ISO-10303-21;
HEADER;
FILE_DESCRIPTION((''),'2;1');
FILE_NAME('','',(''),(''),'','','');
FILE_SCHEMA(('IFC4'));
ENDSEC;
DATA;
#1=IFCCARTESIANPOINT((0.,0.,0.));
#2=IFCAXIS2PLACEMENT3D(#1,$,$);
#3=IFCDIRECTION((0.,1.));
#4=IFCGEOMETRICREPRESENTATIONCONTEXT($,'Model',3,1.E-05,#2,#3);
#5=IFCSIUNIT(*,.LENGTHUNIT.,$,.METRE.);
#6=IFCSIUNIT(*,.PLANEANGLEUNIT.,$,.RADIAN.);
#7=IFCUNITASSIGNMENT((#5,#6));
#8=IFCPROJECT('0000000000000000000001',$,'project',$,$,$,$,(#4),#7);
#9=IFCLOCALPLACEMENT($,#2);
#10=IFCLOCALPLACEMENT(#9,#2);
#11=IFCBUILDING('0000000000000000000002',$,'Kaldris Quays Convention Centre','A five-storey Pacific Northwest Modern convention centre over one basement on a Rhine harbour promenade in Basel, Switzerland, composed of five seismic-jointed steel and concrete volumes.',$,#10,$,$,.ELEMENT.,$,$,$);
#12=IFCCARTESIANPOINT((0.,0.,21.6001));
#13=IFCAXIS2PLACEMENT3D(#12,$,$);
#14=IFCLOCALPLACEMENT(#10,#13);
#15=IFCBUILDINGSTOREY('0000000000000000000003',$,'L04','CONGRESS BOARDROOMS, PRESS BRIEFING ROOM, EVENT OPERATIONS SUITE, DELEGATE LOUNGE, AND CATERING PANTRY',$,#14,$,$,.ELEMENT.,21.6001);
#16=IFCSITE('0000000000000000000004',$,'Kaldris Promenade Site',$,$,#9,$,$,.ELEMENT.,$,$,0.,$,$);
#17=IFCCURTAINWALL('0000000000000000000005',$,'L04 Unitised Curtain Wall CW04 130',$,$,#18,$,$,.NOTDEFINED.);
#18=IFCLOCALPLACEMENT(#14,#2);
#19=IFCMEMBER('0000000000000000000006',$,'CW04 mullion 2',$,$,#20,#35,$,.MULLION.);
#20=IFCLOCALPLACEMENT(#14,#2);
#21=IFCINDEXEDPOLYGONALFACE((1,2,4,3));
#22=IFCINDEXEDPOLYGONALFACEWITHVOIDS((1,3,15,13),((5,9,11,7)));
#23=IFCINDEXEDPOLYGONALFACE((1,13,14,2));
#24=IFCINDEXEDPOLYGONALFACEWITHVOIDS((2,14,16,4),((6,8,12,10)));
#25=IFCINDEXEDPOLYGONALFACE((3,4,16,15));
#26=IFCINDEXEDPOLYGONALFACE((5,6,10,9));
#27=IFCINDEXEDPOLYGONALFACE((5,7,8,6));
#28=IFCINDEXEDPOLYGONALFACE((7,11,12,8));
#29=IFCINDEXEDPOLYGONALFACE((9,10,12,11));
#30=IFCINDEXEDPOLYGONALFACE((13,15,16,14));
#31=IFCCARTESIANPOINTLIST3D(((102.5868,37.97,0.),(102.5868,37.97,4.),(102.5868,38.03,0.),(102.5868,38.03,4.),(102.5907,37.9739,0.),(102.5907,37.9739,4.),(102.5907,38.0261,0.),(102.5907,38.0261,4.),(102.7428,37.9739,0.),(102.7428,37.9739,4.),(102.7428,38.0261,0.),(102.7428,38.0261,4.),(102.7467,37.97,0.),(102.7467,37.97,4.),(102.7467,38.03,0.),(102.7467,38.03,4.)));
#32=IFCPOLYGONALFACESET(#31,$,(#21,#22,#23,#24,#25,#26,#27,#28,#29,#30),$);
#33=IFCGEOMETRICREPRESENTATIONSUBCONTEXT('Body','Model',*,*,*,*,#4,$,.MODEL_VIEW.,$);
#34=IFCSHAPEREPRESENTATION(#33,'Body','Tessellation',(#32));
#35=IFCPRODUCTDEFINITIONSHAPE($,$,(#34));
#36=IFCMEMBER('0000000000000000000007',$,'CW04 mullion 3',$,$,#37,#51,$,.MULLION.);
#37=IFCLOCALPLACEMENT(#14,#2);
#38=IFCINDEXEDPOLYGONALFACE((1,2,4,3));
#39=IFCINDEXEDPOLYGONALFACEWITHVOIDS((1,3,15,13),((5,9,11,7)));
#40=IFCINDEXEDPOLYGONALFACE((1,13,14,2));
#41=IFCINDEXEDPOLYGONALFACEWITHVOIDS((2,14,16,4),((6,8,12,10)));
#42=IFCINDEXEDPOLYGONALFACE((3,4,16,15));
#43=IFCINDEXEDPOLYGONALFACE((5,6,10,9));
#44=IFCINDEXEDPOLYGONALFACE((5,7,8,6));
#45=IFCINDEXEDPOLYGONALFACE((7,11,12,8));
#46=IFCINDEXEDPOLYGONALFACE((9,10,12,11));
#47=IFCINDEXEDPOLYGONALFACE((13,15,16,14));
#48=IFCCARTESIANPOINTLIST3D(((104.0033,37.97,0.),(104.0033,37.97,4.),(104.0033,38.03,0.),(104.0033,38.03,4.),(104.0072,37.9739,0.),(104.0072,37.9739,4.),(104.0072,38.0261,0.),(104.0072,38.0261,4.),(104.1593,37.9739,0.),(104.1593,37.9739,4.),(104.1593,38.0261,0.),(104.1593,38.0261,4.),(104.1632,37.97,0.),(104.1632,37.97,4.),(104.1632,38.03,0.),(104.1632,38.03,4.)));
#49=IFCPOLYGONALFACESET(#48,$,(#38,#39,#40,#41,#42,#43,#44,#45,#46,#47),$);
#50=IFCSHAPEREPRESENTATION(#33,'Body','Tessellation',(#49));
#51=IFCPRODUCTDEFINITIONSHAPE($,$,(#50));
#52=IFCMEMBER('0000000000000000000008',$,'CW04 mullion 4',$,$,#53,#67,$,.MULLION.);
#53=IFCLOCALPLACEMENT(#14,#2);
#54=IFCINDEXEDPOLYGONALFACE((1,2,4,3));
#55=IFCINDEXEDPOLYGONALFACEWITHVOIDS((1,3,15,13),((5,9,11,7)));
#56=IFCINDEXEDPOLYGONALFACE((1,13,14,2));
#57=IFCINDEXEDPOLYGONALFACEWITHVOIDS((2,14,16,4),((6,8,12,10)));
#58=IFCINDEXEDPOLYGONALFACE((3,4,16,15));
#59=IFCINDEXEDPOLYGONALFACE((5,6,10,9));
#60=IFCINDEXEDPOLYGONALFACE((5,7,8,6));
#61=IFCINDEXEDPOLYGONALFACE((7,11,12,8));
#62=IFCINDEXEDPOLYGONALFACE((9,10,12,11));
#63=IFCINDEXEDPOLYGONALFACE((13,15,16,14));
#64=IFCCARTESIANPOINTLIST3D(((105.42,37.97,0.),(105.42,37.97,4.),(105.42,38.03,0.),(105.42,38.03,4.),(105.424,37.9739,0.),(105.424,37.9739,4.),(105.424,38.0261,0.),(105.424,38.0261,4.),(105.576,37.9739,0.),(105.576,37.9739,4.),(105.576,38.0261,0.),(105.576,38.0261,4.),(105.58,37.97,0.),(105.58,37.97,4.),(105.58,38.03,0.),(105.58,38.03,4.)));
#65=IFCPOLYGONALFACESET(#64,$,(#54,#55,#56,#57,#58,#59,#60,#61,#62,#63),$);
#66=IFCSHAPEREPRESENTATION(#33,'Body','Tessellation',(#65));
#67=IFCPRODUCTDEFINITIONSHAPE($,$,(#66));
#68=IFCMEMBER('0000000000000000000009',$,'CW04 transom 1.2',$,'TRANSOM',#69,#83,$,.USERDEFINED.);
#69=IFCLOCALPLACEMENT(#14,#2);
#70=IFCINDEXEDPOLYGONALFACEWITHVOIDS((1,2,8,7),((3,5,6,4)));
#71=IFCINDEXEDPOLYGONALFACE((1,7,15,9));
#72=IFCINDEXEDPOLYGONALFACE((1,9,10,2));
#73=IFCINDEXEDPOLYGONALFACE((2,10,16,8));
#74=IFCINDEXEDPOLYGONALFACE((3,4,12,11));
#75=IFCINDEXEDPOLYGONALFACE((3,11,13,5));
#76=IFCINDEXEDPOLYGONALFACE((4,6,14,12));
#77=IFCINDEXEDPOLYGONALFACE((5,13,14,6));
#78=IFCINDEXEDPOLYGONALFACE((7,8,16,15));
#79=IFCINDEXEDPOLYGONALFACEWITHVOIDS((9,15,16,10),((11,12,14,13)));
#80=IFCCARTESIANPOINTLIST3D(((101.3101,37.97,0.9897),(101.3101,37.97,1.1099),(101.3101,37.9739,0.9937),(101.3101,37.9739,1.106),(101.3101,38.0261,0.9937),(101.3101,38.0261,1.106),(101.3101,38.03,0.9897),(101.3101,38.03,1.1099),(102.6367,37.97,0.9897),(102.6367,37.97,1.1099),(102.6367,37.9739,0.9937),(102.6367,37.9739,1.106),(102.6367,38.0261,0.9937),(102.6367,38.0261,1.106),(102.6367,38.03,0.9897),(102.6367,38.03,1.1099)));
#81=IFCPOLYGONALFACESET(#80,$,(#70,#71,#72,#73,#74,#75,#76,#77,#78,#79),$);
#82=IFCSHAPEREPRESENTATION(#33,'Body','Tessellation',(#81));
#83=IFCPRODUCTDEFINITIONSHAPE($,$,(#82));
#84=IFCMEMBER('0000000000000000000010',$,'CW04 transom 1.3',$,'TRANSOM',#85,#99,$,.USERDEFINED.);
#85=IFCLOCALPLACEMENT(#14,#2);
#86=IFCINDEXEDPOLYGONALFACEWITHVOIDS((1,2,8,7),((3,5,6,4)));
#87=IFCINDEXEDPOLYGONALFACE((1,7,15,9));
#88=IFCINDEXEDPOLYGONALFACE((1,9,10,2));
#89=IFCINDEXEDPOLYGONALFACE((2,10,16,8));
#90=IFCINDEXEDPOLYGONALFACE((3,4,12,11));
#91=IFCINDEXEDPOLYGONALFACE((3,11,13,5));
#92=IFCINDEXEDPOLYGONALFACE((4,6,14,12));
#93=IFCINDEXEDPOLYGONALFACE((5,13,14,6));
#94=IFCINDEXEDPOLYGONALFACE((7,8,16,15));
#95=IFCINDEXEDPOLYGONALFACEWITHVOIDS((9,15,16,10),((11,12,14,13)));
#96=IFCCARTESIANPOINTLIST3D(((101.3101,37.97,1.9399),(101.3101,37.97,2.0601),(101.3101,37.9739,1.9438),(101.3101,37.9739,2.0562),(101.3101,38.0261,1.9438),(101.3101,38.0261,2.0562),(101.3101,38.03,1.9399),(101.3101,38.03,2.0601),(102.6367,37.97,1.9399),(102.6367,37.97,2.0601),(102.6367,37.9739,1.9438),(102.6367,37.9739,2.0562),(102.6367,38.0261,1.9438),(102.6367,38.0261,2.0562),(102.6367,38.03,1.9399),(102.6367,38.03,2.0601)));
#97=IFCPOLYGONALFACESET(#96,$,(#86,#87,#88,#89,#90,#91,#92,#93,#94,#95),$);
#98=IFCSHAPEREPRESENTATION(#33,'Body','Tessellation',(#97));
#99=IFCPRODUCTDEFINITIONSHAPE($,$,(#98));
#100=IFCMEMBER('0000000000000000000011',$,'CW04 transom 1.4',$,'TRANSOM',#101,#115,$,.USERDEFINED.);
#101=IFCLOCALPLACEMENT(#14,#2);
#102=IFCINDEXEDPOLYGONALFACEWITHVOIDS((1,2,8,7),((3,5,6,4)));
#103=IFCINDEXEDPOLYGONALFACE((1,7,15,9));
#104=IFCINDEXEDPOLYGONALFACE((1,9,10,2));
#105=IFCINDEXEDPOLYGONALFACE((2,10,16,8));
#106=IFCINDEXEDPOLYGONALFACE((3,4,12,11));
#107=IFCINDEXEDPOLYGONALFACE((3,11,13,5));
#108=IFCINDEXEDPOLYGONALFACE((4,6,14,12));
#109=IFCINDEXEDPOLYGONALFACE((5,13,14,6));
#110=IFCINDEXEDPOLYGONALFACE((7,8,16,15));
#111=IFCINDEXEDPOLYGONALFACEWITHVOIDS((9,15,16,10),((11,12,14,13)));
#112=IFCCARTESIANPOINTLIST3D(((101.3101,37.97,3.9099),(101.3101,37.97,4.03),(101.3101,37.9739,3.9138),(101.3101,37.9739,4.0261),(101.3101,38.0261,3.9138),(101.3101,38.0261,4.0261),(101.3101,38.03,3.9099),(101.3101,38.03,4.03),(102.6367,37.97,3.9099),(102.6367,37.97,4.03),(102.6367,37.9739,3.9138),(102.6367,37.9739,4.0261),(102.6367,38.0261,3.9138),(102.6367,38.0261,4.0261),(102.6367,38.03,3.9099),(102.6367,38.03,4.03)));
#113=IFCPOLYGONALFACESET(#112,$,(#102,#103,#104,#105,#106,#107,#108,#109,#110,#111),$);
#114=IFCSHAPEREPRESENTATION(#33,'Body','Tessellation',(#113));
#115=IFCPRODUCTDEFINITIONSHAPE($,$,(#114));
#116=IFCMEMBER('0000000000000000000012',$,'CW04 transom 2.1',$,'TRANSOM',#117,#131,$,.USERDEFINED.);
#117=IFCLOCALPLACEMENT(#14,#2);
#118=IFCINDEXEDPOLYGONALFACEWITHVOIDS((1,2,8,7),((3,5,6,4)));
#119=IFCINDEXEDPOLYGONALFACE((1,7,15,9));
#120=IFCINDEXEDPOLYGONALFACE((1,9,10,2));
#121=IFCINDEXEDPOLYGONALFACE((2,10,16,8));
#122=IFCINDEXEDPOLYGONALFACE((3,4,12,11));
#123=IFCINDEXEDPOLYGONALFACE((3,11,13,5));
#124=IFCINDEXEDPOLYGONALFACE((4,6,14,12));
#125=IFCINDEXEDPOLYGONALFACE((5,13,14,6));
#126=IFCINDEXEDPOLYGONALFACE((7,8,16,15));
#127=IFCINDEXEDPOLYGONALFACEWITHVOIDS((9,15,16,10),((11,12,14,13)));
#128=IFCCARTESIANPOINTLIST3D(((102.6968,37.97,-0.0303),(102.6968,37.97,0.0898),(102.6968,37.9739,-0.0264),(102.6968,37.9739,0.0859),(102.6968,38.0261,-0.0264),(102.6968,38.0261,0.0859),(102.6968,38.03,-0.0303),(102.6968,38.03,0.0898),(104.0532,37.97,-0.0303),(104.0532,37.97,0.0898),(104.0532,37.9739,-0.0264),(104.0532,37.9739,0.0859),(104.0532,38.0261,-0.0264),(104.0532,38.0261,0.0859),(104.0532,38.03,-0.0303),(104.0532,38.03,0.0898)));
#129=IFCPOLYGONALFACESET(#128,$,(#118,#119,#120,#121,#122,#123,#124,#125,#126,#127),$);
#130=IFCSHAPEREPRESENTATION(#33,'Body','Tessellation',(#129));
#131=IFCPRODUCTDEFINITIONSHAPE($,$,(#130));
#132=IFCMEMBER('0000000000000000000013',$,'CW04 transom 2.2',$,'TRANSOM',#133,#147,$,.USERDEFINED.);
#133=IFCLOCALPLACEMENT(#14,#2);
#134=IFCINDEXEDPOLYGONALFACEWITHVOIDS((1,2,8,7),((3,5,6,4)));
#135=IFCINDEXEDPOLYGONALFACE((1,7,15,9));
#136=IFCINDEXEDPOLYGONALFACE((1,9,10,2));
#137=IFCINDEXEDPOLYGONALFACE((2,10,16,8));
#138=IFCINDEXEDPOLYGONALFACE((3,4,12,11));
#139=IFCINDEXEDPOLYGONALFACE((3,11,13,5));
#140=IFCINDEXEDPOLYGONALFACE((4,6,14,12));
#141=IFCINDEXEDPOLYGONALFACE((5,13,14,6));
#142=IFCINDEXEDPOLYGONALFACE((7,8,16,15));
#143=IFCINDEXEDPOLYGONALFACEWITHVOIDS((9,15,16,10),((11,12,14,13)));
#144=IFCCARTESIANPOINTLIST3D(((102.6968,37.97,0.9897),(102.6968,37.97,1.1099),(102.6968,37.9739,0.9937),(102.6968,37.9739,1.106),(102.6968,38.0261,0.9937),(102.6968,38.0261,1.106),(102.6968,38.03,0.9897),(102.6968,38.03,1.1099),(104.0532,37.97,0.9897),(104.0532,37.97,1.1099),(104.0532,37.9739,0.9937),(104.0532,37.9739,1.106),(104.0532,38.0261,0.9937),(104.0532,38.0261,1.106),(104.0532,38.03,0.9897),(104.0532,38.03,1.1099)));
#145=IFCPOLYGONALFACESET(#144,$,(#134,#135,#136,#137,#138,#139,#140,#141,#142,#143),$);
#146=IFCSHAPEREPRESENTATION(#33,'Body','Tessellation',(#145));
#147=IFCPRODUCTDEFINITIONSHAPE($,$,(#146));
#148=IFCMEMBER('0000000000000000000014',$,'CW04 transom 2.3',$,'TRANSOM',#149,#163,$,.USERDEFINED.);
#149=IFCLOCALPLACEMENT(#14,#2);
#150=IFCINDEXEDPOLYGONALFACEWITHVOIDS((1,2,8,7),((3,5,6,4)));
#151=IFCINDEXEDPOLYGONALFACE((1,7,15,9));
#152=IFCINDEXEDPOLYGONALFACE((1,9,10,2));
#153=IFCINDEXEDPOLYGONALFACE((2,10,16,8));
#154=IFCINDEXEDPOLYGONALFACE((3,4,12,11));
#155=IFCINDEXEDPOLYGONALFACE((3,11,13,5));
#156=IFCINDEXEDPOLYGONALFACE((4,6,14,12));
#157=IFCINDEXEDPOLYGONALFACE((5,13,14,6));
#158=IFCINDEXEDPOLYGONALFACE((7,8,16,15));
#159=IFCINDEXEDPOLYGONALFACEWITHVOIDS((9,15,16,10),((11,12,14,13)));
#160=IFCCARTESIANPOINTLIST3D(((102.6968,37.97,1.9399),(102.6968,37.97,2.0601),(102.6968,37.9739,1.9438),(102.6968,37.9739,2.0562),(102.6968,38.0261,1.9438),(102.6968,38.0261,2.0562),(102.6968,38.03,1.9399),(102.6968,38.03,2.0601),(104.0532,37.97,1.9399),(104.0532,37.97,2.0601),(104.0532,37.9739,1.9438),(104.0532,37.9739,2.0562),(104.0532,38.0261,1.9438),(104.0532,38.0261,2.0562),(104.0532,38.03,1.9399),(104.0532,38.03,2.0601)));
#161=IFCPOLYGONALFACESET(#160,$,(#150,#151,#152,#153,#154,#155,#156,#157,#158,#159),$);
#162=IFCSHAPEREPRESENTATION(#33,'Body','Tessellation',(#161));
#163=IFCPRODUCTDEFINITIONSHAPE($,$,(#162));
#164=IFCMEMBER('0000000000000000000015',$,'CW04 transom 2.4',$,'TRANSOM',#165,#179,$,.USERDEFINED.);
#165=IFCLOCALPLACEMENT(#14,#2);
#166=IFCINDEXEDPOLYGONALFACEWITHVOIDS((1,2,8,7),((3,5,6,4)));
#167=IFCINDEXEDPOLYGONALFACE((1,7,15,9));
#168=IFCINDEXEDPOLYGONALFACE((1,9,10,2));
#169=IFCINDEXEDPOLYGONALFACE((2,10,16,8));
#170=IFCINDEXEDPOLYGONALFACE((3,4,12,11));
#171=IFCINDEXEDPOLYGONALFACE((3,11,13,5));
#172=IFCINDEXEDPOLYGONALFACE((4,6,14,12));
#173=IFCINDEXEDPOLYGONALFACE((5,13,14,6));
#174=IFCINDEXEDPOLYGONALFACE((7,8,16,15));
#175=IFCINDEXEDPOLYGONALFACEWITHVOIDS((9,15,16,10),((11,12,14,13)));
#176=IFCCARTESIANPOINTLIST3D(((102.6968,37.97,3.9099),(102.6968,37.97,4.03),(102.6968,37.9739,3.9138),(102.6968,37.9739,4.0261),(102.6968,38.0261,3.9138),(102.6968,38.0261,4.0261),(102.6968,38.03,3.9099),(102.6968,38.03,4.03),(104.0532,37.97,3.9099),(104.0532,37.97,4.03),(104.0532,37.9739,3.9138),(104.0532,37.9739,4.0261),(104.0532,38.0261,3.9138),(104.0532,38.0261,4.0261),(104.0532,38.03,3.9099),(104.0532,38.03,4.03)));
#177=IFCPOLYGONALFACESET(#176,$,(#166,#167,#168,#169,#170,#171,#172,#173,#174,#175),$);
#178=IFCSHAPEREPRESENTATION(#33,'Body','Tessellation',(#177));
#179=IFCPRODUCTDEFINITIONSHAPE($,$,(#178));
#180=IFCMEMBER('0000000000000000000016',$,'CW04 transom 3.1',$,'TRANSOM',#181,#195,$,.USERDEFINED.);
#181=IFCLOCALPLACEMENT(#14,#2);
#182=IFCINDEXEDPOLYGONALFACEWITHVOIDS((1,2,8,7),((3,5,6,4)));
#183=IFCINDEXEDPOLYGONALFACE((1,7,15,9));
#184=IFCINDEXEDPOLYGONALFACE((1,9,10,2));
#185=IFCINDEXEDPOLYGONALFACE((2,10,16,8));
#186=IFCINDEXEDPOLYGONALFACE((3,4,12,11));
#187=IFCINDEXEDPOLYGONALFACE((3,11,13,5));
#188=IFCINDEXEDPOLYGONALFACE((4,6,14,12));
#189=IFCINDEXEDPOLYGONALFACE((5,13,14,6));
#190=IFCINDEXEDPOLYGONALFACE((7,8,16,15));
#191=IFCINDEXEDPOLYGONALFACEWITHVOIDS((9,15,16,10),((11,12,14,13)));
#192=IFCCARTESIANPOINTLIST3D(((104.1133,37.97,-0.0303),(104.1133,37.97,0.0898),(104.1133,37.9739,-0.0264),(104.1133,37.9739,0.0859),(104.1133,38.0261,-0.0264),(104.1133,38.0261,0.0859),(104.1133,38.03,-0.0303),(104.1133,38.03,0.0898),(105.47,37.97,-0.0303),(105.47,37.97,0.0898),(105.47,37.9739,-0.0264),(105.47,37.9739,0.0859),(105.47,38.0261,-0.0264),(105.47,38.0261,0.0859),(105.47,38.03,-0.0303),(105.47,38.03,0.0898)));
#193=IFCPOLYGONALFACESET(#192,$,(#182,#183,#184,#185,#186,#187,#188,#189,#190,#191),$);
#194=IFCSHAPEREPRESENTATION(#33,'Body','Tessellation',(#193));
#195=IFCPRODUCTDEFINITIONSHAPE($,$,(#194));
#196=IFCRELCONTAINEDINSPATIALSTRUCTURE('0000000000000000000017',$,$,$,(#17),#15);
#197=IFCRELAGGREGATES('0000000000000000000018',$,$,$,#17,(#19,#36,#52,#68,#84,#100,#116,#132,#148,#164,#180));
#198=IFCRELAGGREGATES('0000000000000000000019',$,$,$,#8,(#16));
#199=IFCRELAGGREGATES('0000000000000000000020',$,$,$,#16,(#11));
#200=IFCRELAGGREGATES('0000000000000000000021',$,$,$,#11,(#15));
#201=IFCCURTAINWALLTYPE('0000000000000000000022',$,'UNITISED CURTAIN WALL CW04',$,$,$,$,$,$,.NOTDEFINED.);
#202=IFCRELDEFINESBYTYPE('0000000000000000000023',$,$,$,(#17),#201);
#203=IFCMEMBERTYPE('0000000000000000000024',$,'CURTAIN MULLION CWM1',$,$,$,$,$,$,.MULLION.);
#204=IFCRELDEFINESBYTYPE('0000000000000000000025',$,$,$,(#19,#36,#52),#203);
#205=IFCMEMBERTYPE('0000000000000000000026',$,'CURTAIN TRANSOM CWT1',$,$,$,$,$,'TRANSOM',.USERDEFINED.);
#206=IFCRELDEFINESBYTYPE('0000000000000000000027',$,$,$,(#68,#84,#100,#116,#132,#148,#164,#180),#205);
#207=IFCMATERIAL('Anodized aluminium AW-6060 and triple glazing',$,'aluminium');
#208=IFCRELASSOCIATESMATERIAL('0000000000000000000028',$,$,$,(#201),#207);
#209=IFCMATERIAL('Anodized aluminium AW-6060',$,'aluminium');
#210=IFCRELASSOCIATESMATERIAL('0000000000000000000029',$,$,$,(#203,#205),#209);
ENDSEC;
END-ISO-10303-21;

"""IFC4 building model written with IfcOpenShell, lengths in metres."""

from ifc_helpers import new_model, si_unit, direction, frame, origin, origin_2d, place, context, subcontext, project, spatial, hollow_rectangle, extrude, material, material_profile, profile_set, type_object, element, aggregate, save


model = new_model("IFC4")

# Units and contexts
model_context = context("Model", 3, precision=1e-05, world=origin(), true_north=direction((0.0, 1.0)))
body_context = subcontext(model_context, "Body", "Model", "MODEL_VIEW")
ifc_project = project(units=[si_unit("LENGTHUNIT", "METRE"), si_unit("PLANEANGLEUNIT", "RADIAN")], contexts=[model_context])

# Site, building, storey
site_placement = place(None, origin())
site = spatial("IfcSite", under=ifc_project, at=site_placement, Name="Kaldris Promenade Site", CompositionType="ELEMENT", RefElevation=0.0)
building_placement = place(site_placement, origin())
building = spatial("IfcBuilding", under=site, at=building_placement, Name="Kaldris Quays Convention Centre", Description="A five-storey Pacific Northwest Modern convention centre over one basement on a Rhine harbour promenade in Basel, Switzerland, composed of five seismic-jointed steel and concrete volumes.", CompositionType="ELEMENT")
storey_placement = place(building_placement, frame((0.0, 0.0, 21.6001)))
storey = spatial("IfcBuildingStorey", under=building, at=storey_placement, Name="L04", Description="CONGRESS BOARDROOMS, PRESS BRIEFING ROOM, EVENT OPERATIONS SUITE, DELEGATE LOUNGE, AND CATERING PANTRY", CompositionType="ELEMENT", Elevation=21.6001)

# Curtain wall, members
ifc_material_1 = material(Name="Anodized aluminium AW-6060 and triple glazing", Category="aluminium")
curtain_wall_type = type_object("IfcCurtainWallType", Name="UNITISED CURTAIN WALL CW04", PredefinedType="NOTDEFINED", material=ifc_material_1)
curtain_wall_placement = place(storey_placement, origin())
curtain_wall = element("IfcCurtainWall", 1, at=curtain_wall_placement, inside=storey, type_object=curtain_wall_type, Name="L04 Unitised Curtain Wall CW04 130", PredefinedType="NOTDEFINED")
ifc_material_2 = material(Name="Anodized aluminium AW-6060", Category="aluminium")
ifc_material_profile_1 = material_profile(ifc_material_2, hollow_rectangle(XDim=0.0601, YDim=0.1599, WallThickness=0.0039, at=origin_2d()), Name="RHS 160x60x4")
ifc_profile_set_1 = profile_set([ifc_material_profile_1], Name="Anodized aluminium AW-6060")
member_type_1 = type_object("IfcMemberType", Name="CURTAIN MULLION CWM1", PredefinedType="MULLION", material=ifc_profile_set_1)
member_1_placement = place(storey_placement, frame((102.6667, 38.0, 0.0), z_axis=(0.0, 0.0, 1.0), x_axis=(0.0, 1.0, 0.0)))
member_1 = element("IfcMember", 2, at=member_1_placement, type_object=member_type_1, Name="CW04 mullion 2", PredefinedType="MULLION", context=body_context, shape_type="SweptSolid", body=[
    extrude(hollow_rectangle(XDim=0.0601, YDim=0.1599, WallThickness=0.0039, at=origin_2d()), origin(), (0.0, 0.0, 1.0), 4.0),
])
member_2_placement = place(storey_placement, frame((104.0833, 38.0, 0.0), z_axis=(0.0, 0.0, 1.0), x_axis=(0.0, 1.0, 0.0)))
member_2 = element("IfcMember", 3, at=member_2_placement, type_object=member_type_1, Name="CW04 mullion 3", PredefinedType="MULLION", context=body_context, shape_type="SweptSolid", body=[
    extrude(hollow_rectangle(XDim=0.0601, YDim=0.1599, WallThickness=0.0039, at=origin_2d()), origin(), (0.0, 0.0, 1.0), 4.0),
])
member_3_placement = place(storey_placement, frame((105.5, 38.0, 0.0), z_axis=(0.0, 0.0, 1.0), x_axis=(0.0, 1.0, 0.0)))
member_3 = element("IfcMember", 4, at=member_3_placement, type_object=member_type_1, Name="CW04 mullion 4", PredefinedType="MULLION", context=body_context, shape_type="SweptSolid", body=[
    extrude(hollow_rectangle(XDim=0.0601, YDim=0.1599, WallThickness=0.0039, at=origin_2d()), origin(), (0.0, 0.0, 1.0), 4.0),
])
ifc_material_profile_2 = material_profile(ifc_material_2, hollow_rectangle(XDim=0.0601, YDim=0.1201, WallThickness=0.0039, at=origin_2d()), Name="RHS 120x60x4")
ifc_profile_set_2 = profile_set([ifc_material_profile_2], Name="Anodized aluminium AW-6060")
member_type_2 = type_object("IfcMemberType", Name="CURTAIN TRANSOM CWT1", ElementType="TRANSOM", PredefinedType="USERDEFINED", material=ifc_profile_set_2)
member_4_placement = place(storey_placement, frame((101.3101, 38.0, 1.0498), z_axis=(1.0, 0.0, 0.0), x_axis=(0.0, 1.0, 0.0)))
member_4 = element("IfcMember", 5, at=member_4_placement, type_object=member_type_2, Name="CW04 transom 1.2", ObjectType="TRANSOM", PredefinedType="USERDEFINED", context=body_context, shape_type="SweptSolid", body=[
    extrude(hollow_rectangle(XDim=0.0601, YDim=0.1201, WallThickness=0.0039, at=origin_2d()), origin(), (0.0, 0.0, 1.0), 1.3267),
])
member_5_placement = place(storey_placement, frame((101.3101, 38.0, 2.0), z_axis=(1.0, 0.0, 0.0), x_axis=(0.0, 1.0, 0.0)))
member_5 = element("IfcMember", 6, at=member_5_placement, type_object=member_type_2, Name="CW04 transom 1.3", ObjectType="TRANSOM", PredefinedType="USERDEFINED", context=body_context, shape_type="SweptSolid", body=[
    extrude(hollow_rectangle(XDim=0.0601, YDim=0.1201, WallThickness=0.0039, at=origin_2d()), origin(), (0.0, 0.0, 1.0), 1.3267),
])
member_6_placement = place(storey_placement, frame((101.3101, 38.0, 3.97), z_axis=(1.0, 0.0, 0.0), x_axis=(0.0, 1.0, 0.0)))
member_6 = element("IfcMember", 7, at=member_6_placement, type_object=member_type_2, Name="CW04 transom 1.4", ObjectType="TRANSOM", PredefinedType="USERDEFINED", context=body_context, shape_type="SweptSolid", body=[
    extrude(hollow_rectangle(XDim=0.0601, YDim=0.1201, WallThickness=0.0039, at=origin_2d()), origin(), (0.0, 0.0, 1.0), 1.3267),
])
member_7_placement = place(storey_placement, frame((102.6968, 38.0, 0.0298), z_axis=(1.0, 0.0, 0.0), x_axis=(0.0, 1.0, 0.0)))
member_7 = element("IfcMember", 8, at=member_7_placement, type_object=member_type_2, Name="CW04 transom 2.1", ObjectType="TRANSOM", PredefinedType="USERDEFINED", context=body_context, shape_type="SweptSolid", body=[
    extrude(hollow_rectangle(XDim=0.0601, YDim=0.1201, WallThickness=0.0039, at=origin_2d()), origin(), (0.0, 0.0, 1.0), 1.3564),
])
member_8_placement = place(storey_placement, frame((102.6968, 38.0, 1.0498), z_axis=(1.0, 0.0, 0.0), x_axis=(0.0, 1.0, 0.0)))
member_8 = element("IfcMember", 9, at=member_8_placement, type_object=member_type_2, Name="CW04 transom 2.2", ObjectType="TRANSOM", PredefinedType="USERDEFINED", context=body_context, shape_type="SweptSolid", body=[
    extrude(hollow_rectangle(XDim=0.0601, YDim=0.1201, WallThickness=0.0039, at=origin_2d()), origin(), (0.0, 0.0, 1.0), 1.3564),
])
member_9_placement = place(storey_placement, frame((102.6968, 38.0, 2.0), z_axis=(1.0, 0.0, 0.0), x_axis=(0.0, 1.0, 0.0)))
member_9 = element("IfcMember", 10, at=member_9_placement, type_object=member_type_2, Name="CW04 transom 2.3", ObjectType="TRANSOM", PredefinedType="USERDEFINED", context=body_context, shape_type="SweptSolid", body=[
    extrude(hollow_rectangle(XDim=0.0601, YDim=0.1201, WallThickness=0.0039, at=origin_2d()), origin(), (0.0, 0.0, 1.0), 1.3564),
])
member_10_placement = place(storey_placement, frame((102.6968, 38.0, 3.97), z_axis=(1.0, 0.0, 0.0), x_axis=(0.0, 1.0, 0.0)))
member_10 = element("IfcMember", 11, at=member_10_placement, type_object=member_type_2, Name="CW04 transom 2.4", ObjectType="TRANSOM", PredefinedType="USERDEFINED", context=body_context, shape_type="SweptSolid", body=[
    extrude(hollow_rectangle(XDim=0.0601, YDim=0.1201, WallThickness=0.0039, at=origin_2d()), origin(), (0.0, 0.0, 1.0), 1.3564),
])
member_11_placement = place(storey_placement, frame((104.1133, 38.0, 0.0298), z_axis=(1.0, 0.0, 0.0), x_axis=(0.0, 1.0, 0.0)))
member_11 = element("IfcMember", 12, at=member_11_placement, type_object=member_type_2, Name="CW04 transom 3.1", ObjectType="TRANSOM", PredefinedType="USERDEFINED", context=body_context, shape_type="SweptSolid", body=[
    extrude(hollow_rectangle(XDim=0.0601, YDim=0.1201, WallThickness=0.0039, at=origin_2d()), origin(), (0.0, 0.0, 1.0), 1.3567),
])
aggregate(curtain_wall, [member_1, member_2, member_3, member_4, member_5, member_6, member_7, member_8, member_9, member_10, member_11])

save(model, "model.ifc")
